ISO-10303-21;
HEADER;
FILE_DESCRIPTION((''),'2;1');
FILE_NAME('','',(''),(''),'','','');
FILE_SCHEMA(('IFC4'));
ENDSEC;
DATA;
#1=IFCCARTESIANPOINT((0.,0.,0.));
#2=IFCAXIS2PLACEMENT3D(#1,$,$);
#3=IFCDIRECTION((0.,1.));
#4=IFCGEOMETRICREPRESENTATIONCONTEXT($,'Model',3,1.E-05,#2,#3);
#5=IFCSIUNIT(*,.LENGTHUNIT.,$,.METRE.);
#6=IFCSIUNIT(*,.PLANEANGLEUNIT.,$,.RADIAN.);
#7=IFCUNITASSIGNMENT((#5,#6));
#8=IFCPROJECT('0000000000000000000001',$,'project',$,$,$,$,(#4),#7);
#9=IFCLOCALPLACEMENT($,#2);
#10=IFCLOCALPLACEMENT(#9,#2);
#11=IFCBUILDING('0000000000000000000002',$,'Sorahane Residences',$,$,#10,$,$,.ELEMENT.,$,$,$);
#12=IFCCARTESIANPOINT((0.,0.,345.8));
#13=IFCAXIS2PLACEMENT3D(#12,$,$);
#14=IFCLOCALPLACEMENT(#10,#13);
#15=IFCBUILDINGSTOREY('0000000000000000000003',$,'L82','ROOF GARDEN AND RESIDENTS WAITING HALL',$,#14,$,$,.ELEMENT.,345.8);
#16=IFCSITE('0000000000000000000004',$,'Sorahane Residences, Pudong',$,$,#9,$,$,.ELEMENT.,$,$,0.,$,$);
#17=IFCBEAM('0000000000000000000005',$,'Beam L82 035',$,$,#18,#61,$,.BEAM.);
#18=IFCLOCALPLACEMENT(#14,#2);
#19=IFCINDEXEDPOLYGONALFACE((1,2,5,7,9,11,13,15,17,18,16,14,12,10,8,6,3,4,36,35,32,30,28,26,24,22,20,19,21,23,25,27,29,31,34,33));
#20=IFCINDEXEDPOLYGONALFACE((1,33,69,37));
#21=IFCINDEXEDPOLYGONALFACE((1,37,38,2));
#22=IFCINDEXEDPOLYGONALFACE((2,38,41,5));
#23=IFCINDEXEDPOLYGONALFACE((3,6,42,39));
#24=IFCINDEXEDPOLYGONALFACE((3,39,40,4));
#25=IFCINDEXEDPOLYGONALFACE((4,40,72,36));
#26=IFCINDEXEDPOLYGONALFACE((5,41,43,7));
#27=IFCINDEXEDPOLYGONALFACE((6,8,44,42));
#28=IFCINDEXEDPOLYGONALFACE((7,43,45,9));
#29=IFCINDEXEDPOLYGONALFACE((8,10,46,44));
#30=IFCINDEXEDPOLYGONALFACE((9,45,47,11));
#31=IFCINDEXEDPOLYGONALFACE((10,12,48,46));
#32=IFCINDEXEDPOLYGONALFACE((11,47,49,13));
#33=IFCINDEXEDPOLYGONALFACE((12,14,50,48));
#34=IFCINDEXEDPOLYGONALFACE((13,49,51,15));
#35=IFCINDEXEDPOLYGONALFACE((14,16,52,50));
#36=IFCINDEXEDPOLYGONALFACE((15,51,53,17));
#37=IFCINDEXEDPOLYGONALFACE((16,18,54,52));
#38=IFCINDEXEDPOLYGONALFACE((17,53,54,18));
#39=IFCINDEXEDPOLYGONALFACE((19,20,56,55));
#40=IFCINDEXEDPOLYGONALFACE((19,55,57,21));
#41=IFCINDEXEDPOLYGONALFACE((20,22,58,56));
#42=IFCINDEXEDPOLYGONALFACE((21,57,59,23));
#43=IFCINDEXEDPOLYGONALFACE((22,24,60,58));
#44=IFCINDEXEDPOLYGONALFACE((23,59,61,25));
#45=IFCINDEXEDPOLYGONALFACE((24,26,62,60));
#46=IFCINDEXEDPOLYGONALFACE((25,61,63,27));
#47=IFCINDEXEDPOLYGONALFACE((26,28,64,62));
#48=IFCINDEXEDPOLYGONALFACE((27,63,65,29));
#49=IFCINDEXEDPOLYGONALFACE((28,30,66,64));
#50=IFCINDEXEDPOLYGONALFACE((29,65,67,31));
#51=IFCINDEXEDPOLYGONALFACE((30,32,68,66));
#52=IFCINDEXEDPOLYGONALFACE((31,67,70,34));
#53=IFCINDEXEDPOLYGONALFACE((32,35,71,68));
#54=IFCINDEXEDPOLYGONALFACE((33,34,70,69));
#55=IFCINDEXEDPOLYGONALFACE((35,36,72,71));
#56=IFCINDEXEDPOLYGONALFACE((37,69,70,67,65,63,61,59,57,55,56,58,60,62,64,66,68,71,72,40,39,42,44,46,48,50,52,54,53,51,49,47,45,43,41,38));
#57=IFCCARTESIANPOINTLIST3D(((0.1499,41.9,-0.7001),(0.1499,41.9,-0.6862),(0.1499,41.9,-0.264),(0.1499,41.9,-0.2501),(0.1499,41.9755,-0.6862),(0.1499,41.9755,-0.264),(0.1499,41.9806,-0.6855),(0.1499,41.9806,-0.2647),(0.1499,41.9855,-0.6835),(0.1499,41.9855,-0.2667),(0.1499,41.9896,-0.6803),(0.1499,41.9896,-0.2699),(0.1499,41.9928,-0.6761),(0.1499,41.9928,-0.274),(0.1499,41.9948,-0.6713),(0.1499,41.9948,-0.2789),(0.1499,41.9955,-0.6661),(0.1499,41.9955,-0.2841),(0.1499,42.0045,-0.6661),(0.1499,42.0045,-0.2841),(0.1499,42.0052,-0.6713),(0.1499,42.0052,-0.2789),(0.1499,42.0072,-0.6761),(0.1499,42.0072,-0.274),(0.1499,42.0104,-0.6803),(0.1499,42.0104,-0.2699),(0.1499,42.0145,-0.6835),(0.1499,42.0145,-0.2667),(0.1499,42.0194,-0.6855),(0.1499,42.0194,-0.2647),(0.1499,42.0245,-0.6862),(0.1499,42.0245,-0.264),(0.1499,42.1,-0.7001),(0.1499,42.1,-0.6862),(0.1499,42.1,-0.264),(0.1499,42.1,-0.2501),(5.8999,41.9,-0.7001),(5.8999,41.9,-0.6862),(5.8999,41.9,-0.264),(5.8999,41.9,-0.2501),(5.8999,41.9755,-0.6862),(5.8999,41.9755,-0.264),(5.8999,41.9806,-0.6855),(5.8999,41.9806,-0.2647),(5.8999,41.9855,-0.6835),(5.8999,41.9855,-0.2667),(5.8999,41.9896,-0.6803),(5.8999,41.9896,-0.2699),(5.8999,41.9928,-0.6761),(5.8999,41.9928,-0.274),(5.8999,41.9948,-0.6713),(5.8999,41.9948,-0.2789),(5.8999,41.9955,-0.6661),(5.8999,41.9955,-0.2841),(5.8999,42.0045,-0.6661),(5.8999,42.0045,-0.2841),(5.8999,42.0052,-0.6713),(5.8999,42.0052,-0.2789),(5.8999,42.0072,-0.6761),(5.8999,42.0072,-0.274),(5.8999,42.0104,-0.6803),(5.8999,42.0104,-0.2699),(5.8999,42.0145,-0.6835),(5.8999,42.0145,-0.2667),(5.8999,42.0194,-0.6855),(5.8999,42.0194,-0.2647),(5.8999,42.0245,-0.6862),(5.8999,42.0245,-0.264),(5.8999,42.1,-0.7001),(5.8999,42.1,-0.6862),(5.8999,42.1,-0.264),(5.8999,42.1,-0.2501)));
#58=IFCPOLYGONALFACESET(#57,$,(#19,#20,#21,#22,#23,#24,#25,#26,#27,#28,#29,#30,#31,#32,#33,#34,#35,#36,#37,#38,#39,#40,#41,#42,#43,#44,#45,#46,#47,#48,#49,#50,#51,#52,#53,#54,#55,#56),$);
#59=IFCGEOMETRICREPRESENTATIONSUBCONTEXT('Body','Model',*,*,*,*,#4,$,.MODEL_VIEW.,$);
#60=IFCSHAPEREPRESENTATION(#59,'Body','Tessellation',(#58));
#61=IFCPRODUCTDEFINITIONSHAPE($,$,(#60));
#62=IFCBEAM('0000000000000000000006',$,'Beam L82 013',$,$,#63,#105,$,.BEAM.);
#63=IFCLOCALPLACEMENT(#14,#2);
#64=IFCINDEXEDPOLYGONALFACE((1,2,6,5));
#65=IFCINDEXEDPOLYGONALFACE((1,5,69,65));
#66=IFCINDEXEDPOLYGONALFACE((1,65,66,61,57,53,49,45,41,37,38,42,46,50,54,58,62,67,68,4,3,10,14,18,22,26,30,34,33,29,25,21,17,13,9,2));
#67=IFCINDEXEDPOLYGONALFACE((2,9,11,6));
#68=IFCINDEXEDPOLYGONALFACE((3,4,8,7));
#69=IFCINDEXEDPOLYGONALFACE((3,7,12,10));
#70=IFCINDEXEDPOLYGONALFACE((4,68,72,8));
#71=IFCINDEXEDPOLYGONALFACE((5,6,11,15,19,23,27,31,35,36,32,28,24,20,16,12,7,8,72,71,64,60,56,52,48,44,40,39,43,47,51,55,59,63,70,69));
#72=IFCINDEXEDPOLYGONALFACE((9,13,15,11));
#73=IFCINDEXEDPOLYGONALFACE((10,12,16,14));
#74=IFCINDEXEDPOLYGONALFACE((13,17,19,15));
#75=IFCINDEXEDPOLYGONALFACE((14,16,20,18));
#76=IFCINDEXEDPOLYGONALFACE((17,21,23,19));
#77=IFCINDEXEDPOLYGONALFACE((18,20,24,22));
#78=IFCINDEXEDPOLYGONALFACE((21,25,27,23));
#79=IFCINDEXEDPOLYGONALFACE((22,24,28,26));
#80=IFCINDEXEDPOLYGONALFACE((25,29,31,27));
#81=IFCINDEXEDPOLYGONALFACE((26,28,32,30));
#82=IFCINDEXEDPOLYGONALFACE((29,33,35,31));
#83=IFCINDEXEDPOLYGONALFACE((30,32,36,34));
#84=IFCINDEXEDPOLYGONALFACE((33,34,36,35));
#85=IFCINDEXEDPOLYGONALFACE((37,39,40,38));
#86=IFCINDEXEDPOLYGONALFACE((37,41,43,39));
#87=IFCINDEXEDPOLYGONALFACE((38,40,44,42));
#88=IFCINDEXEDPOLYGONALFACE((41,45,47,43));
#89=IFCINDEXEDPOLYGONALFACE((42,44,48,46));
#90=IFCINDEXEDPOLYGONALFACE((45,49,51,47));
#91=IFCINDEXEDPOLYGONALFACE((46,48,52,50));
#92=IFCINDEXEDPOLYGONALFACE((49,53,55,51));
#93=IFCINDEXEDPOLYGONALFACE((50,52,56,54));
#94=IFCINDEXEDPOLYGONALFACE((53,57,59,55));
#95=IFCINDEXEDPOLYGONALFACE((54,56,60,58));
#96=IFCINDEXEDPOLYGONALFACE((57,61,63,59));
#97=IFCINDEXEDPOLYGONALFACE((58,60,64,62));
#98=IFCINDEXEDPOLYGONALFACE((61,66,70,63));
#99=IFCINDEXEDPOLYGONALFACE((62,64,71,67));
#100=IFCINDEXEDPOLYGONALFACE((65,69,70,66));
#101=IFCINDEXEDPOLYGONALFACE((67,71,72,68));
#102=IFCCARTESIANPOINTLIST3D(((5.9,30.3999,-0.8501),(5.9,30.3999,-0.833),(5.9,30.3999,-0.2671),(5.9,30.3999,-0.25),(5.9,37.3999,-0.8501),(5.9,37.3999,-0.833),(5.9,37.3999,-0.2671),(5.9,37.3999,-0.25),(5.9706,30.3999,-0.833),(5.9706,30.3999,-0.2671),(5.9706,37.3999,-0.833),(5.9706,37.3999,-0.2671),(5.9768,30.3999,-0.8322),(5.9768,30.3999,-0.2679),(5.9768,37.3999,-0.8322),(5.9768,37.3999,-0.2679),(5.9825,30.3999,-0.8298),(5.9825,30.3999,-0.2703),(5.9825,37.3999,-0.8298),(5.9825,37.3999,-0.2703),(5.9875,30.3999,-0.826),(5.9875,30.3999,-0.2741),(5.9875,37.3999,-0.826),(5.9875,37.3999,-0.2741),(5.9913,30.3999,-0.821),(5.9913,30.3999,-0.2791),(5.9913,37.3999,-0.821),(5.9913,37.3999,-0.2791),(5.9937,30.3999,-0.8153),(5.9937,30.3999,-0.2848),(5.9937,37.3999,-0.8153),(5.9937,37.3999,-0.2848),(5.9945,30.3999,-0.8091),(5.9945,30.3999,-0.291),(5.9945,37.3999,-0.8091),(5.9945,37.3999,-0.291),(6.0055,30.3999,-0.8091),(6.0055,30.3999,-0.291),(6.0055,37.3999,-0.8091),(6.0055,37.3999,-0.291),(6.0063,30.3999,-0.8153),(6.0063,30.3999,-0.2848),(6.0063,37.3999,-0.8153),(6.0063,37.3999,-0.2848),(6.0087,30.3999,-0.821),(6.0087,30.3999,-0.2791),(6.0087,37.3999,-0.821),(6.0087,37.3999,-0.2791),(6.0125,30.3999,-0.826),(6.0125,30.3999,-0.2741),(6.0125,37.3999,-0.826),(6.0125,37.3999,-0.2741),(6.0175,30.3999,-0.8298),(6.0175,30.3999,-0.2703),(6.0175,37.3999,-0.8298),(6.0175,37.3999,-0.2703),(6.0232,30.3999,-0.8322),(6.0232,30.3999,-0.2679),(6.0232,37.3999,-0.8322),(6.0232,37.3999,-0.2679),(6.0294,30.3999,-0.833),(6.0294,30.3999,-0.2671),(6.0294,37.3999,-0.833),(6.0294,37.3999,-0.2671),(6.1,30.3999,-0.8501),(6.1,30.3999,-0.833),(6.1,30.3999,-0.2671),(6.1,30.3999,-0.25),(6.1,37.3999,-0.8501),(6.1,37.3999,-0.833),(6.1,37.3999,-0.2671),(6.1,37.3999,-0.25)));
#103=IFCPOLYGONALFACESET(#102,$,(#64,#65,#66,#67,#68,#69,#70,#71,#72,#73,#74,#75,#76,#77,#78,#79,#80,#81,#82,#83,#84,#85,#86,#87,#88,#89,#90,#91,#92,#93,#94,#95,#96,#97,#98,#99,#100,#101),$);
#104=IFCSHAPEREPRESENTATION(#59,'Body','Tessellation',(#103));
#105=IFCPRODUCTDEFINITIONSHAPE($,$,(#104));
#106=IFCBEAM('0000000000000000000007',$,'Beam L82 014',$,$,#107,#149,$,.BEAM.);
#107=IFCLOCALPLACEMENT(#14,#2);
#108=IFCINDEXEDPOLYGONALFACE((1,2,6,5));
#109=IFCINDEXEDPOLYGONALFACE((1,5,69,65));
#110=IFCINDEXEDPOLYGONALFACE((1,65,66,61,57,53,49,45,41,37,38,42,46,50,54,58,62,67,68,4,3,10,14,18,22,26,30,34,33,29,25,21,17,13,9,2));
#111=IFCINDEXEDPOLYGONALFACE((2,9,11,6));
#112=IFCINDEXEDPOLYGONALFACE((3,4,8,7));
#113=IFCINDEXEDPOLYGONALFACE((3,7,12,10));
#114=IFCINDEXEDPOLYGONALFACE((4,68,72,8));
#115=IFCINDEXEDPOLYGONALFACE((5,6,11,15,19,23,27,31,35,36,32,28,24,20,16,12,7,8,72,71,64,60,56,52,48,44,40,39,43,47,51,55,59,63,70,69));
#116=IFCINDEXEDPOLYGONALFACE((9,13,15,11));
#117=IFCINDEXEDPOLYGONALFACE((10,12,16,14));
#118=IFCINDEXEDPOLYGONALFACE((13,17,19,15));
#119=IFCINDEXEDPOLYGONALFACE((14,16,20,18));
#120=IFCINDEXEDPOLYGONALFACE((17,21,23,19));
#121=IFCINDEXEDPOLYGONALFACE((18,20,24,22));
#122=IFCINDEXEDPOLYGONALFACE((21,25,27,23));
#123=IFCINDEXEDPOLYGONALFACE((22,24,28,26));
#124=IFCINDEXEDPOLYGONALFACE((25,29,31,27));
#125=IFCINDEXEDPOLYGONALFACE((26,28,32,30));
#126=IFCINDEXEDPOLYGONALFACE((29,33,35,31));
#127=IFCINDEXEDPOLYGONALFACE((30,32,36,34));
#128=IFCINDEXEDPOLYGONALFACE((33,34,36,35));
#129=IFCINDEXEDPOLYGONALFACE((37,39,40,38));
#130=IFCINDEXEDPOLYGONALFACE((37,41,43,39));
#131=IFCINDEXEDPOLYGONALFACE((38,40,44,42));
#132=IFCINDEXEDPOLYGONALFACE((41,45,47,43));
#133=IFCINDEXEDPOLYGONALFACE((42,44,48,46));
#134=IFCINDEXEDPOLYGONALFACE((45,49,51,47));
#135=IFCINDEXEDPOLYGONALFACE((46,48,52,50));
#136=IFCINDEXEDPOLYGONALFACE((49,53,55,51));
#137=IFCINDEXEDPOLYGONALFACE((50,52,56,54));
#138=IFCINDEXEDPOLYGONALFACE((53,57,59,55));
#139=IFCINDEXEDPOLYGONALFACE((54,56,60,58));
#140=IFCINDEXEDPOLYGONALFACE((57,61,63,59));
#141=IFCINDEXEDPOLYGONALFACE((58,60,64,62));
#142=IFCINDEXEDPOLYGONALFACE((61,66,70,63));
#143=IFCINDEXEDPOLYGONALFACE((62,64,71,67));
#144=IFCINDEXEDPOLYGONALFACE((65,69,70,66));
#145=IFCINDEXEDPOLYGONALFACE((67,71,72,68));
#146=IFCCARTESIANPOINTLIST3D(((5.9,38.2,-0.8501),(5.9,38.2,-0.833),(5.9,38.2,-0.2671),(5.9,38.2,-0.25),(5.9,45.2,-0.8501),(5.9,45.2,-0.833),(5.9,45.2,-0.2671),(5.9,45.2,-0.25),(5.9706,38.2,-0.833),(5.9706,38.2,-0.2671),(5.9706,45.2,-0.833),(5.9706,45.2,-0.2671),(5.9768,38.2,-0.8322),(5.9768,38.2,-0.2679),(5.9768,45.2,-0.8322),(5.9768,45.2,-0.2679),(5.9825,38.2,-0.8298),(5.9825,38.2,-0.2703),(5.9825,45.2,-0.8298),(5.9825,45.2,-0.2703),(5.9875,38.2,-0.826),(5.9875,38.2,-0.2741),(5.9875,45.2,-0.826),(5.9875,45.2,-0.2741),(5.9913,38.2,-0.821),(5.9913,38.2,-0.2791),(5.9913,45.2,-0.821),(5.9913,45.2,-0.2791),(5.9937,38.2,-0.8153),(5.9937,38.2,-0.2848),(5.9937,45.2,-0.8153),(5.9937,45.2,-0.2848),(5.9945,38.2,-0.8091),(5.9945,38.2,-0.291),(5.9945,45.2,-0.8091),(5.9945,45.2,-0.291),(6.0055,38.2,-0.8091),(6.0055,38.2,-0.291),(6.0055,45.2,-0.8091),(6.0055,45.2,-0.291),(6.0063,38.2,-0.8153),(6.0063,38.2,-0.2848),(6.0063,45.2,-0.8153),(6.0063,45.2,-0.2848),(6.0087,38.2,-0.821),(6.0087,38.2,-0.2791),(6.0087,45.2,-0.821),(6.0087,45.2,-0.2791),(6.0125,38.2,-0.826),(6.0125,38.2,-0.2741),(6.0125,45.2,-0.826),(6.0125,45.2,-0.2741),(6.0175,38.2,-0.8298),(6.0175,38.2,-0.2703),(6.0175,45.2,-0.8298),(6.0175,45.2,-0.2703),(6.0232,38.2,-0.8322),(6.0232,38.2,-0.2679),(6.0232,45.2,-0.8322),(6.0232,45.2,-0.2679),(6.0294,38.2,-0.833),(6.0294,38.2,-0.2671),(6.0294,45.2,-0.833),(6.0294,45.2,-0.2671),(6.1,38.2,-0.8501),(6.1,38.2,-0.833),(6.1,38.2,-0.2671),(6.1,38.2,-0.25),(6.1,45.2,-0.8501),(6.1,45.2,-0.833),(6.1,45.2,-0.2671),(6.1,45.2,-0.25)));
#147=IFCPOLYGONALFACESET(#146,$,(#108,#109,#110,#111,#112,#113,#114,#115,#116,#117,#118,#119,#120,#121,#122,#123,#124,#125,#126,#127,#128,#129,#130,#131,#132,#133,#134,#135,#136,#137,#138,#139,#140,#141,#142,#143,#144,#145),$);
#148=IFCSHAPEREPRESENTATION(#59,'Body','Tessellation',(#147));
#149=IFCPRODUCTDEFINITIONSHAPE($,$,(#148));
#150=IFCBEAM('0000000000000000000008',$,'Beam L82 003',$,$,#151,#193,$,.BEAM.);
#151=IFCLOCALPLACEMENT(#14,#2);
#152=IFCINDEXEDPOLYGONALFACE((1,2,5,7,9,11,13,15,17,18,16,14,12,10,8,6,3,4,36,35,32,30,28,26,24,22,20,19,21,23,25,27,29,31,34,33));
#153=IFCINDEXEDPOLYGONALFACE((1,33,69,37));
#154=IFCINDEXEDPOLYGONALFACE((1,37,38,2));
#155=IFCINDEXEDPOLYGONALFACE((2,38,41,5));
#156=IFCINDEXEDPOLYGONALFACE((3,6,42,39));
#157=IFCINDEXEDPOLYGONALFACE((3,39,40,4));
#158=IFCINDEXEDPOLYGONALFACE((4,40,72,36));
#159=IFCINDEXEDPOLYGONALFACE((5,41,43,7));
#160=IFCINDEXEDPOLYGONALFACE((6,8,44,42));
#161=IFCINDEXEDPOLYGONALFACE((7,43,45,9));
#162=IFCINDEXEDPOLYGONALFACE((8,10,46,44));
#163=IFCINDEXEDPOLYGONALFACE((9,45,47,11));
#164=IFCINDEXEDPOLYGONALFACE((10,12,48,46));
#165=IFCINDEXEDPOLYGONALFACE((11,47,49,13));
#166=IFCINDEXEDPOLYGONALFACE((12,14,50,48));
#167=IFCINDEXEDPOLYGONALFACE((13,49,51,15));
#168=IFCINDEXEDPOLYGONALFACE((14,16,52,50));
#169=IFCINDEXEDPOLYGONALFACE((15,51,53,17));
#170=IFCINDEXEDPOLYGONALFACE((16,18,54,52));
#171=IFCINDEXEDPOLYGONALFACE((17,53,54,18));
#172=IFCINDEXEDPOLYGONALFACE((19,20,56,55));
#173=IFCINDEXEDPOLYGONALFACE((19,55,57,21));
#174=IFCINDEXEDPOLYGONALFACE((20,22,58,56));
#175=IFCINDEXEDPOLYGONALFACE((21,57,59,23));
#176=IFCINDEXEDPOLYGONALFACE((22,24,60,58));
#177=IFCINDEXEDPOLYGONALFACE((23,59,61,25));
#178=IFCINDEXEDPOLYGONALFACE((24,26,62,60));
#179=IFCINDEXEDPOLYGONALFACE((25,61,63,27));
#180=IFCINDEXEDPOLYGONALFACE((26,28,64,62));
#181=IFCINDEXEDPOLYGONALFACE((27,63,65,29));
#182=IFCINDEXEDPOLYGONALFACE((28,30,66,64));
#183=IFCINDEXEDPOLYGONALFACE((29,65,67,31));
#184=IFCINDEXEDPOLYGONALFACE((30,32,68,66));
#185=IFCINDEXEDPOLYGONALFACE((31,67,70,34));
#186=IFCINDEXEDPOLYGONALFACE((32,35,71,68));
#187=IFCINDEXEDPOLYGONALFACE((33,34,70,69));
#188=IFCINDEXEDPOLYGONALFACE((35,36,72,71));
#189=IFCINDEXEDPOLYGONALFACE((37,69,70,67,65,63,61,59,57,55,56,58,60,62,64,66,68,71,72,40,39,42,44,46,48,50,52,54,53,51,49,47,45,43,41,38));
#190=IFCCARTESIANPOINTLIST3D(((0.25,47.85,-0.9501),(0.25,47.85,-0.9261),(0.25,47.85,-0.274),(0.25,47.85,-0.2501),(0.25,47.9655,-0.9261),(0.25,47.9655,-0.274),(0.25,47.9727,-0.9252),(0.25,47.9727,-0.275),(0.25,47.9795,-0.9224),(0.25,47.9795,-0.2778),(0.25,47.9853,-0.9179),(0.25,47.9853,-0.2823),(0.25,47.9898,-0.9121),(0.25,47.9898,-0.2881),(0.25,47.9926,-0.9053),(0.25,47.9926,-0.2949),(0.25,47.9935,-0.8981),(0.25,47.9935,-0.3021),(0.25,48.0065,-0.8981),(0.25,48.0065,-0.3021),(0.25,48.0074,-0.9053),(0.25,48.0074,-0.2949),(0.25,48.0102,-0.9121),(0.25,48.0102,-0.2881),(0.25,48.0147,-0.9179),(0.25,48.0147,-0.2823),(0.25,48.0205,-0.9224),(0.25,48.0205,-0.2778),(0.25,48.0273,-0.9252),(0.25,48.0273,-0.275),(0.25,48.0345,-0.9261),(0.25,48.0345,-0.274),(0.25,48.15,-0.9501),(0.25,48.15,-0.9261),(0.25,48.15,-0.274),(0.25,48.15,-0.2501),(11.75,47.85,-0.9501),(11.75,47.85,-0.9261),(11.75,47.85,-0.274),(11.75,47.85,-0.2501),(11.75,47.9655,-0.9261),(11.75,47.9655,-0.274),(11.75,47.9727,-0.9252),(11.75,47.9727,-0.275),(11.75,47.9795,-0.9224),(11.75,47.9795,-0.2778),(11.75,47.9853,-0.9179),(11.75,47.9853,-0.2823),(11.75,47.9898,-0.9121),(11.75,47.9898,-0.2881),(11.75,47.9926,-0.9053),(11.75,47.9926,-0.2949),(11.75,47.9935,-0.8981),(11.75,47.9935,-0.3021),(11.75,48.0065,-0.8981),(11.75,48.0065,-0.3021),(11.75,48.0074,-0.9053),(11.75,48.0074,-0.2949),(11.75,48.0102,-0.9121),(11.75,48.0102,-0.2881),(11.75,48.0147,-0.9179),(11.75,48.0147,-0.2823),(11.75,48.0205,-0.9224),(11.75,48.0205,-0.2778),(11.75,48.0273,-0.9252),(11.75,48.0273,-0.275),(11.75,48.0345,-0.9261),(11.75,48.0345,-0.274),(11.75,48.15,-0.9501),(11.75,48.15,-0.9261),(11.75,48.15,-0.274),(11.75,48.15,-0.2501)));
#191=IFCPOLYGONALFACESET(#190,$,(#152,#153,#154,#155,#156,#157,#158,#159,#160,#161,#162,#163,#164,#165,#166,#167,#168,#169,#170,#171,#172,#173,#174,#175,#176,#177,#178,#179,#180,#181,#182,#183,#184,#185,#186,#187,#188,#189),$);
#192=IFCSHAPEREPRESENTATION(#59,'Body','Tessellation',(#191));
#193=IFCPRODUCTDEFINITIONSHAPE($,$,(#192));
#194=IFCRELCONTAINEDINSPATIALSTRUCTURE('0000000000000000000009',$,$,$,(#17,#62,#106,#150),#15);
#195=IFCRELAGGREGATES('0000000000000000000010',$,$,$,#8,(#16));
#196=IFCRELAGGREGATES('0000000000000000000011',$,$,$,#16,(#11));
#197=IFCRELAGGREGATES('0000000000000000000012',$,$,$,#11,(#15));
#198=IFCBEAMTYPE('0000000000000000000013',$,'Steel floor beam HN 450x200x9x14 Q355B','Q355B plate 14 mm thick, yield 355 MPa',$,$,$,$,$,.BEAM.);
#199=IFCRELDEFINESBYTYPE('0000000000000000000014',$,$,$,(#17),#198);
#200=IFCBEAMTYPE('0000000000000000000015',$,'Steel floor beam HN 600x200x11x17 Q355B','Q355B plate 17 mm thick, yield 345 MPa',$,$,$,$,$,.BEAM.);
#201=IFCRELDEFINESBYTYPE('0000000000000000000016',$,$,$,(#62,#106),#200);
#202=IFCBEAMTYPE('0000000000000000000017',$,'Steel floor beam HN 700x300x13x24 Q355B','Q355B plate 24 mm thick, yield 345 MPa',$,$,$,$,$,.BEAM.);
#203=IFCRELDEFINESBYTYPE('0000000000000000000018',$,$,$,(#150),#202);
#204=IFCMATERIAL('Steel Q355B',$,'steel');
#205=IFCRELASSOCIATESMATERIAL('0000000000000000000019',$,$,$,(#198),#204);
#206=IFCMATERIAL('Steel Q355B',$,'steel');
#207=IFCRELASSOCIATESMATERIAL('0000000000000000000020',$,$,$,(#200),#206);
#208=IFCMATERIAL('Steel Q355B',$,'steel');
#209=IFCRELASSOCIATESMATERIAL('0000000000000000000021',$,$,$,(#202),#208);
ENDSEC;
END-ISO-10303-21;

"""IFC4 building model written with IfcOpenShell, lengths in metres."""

from ifc_helpers import new_model, si_unit, direction, frame, origin, origin_2d, place, context, subcontext, project, spatial, i_section, extrude, material, material_profile, profile_set, type_object, element, save


model = new_model("IFC4")

# Units and contexts
model_context = context("Model", 3, precision=1e-05, world=origin(), true_north=direction((0.0, 1.0)))
body_context = subcontext(model_context, "Body", "Model", "MODEL_VIEW")
ifc_project = project(units=[si_unit("LENGTHUNIT", "METRE"), si_unit("PLANEANGLEUNIT", "RADIAN")], contexts=[model_context])

# Site, building, storey
site_placement = place(None, origin())
site = spatial("IfcSite", under=ifc_project, at=site_placement, Name="Sorahane Residences, Pudong", CompositionType="ELEMENT", RefElevation=0.0)
building_placement = place(site_placement, origin())
building = spatial("IfcBuilding", under=site, at=building_placement, Name="Sorahane Residences", CompositionType="ELEMENT")
storey_placement = place(building_placement, frame((0.0, 0.0, 345.8)))
storey = spatial("IfcBuildingStorey", under=building, at=storey_placement, Name="L82", Description="ROOF GARDEN AND RESIDENTS WAITING HALL", CompositionType="ELEMENT", Elevation=345.8)

# Beams
ifc_material_1 = material(Name="Steel Q355B", Category="steel")
ifc_material_profile_1 = material_profile(ifc_material_1, i_section(OverallWidth=0.2, OverallDepth=0.45, WebThickness=0.009, FlangeThickness=0.0139, FilletRadius=0.02, at=origin_2d()), Name="HN 450x200x9x14")
ifc_profile_set_1 = profile_set([ifc_material_profile_1], Name="Steel Q355B")
beam_type_1 = type_object("IfcBeamType", Name="Steel floor beam HN 450x200x9x14 Q355B", Description="Q355B plate 14 mm thick, yield 355 MPa", PredefinedType="BEAM", material=ifc_profile_set_1)
beam_1_placement = place(storey_placement, frame((0.1499, 42.0, -0.4751), z_axis=(1.0, 0.0, 0.0), x_axis=(0.0, 1.0, 0.0)))
element("IfcBeam", 1, at=beam_1_placement, inside=storey, type_object=beam_type_1, Name="Beam L82 035", PredefinedType="BEAM", context=body_context, shape_type="SweptSolid", body=[
    extrude(i_section(OverallWidth=0.2, OverallDepth=0.45, WebThickness=0.009, FlangeThickness=0.0139, FilletRadius=0.02, at=origin_2d()), origin(), (0.0, 0.0, 1.0), 5.75),
])
ifc_material_2 = material(Name="Steel Q355B", Category="steel")
ifc_material_profile_2 = material_profile(ifc_material_2, i_section(OverallWidth=0.2, OverallDepth=0.6001, WebThickness=0.011, FlangeThickness=0.0171, FilletRadius=0.0239, at=origin_2d()), Name="HN 600x200x11x17")
ifc_profile_set_2 = profile_set([ifc_material_profile_2], Name="Steel Q355B")
beam_type_2 = type_object("IfcBeamType", Name="Steel floor beam HN 600x200x11x17 Q355B", Description="Q355B plate 17 mm thick, yield 345 MPa", PredefinedType="BEAM", material=ifc_profile_set_2)
for number, where, z_axis, x_axis, name in (
    (2, (6.0, 30.3999, -0.55), (0.0, 1.0, 0.0), (-1.0, 0.0, 0.0), "Beam L82 013"),
    (3, (6.0, 38.2, -0.55), (0.0, 1.0, 0.0), (-1.0, 0.0, 0.0), "Beam L82 014"),
):
    element("IfcBeam", number, at=place(storey_placement, frame(where, z_axis=z_axis, x_axis=x_axis)), inside=storey, type_object=beam_type_2, Name=name, PredefinedType="BEAM", context=body_context, shape_type="SweptSolid", body=[
        extrude(i_section(OverallWidth=0.2, OverallDepth=0.6001, WebThickness=0.011, FlangeThickness=0.0171, FilletRadius=0.0239, at=origin_2d()), origin(), (0.0, 0.0, 1.0), 7.0),
    ])
ifc_material_3 = material(Name="Steel Q355B", Category="steel")
ifc_material_profile_3 = material_profile(ifc_material_3, i_section(OverallWidth=0.3, OverallDepth=0.7, WebThickness=0.0129, FlangeThickness=0.0239, FilletRadius=0.0281, at=origin_2d()), Name="HN 700x300x13x24")
ifc_profile_set_3 = profile_set([ifc_material_profile_3], Name="Steel Q355B")
beam_type_3 = type_object("IfcBeamType", Name="Steel floor beam HN 700x300x13x24 Q355B", Description="Q355B plate 24 mm thick, yield 345 MPa", PredefinedType="BEAM", material=ifc_profile_set_3)
beam_2_placement = place(storey_placement, frame((0.25, 48.0, -0.6001), z_axis=(1.0, 0.0, 0.0), x_axis=(0.0, 1.0, 0.0)))
element("IfcBeam", 4, at=beam_2_placement, inside=storey, type_object=beam_type_3, Name="Beam L82 003", PredefinedType="BEAM", context=body_context, shape_type="SweptSolid", body=[
    extrude(i_section(OverallWidth=0.3, OverallDepth=0.7, WebThickness=0.0129, FlangeThickness=0.0239, FilletRadius=0.0281, at=origin_2d()), origin(), (0.0, 0.0, 1.0), 11.5),
])

save(model, "model.ifc")
